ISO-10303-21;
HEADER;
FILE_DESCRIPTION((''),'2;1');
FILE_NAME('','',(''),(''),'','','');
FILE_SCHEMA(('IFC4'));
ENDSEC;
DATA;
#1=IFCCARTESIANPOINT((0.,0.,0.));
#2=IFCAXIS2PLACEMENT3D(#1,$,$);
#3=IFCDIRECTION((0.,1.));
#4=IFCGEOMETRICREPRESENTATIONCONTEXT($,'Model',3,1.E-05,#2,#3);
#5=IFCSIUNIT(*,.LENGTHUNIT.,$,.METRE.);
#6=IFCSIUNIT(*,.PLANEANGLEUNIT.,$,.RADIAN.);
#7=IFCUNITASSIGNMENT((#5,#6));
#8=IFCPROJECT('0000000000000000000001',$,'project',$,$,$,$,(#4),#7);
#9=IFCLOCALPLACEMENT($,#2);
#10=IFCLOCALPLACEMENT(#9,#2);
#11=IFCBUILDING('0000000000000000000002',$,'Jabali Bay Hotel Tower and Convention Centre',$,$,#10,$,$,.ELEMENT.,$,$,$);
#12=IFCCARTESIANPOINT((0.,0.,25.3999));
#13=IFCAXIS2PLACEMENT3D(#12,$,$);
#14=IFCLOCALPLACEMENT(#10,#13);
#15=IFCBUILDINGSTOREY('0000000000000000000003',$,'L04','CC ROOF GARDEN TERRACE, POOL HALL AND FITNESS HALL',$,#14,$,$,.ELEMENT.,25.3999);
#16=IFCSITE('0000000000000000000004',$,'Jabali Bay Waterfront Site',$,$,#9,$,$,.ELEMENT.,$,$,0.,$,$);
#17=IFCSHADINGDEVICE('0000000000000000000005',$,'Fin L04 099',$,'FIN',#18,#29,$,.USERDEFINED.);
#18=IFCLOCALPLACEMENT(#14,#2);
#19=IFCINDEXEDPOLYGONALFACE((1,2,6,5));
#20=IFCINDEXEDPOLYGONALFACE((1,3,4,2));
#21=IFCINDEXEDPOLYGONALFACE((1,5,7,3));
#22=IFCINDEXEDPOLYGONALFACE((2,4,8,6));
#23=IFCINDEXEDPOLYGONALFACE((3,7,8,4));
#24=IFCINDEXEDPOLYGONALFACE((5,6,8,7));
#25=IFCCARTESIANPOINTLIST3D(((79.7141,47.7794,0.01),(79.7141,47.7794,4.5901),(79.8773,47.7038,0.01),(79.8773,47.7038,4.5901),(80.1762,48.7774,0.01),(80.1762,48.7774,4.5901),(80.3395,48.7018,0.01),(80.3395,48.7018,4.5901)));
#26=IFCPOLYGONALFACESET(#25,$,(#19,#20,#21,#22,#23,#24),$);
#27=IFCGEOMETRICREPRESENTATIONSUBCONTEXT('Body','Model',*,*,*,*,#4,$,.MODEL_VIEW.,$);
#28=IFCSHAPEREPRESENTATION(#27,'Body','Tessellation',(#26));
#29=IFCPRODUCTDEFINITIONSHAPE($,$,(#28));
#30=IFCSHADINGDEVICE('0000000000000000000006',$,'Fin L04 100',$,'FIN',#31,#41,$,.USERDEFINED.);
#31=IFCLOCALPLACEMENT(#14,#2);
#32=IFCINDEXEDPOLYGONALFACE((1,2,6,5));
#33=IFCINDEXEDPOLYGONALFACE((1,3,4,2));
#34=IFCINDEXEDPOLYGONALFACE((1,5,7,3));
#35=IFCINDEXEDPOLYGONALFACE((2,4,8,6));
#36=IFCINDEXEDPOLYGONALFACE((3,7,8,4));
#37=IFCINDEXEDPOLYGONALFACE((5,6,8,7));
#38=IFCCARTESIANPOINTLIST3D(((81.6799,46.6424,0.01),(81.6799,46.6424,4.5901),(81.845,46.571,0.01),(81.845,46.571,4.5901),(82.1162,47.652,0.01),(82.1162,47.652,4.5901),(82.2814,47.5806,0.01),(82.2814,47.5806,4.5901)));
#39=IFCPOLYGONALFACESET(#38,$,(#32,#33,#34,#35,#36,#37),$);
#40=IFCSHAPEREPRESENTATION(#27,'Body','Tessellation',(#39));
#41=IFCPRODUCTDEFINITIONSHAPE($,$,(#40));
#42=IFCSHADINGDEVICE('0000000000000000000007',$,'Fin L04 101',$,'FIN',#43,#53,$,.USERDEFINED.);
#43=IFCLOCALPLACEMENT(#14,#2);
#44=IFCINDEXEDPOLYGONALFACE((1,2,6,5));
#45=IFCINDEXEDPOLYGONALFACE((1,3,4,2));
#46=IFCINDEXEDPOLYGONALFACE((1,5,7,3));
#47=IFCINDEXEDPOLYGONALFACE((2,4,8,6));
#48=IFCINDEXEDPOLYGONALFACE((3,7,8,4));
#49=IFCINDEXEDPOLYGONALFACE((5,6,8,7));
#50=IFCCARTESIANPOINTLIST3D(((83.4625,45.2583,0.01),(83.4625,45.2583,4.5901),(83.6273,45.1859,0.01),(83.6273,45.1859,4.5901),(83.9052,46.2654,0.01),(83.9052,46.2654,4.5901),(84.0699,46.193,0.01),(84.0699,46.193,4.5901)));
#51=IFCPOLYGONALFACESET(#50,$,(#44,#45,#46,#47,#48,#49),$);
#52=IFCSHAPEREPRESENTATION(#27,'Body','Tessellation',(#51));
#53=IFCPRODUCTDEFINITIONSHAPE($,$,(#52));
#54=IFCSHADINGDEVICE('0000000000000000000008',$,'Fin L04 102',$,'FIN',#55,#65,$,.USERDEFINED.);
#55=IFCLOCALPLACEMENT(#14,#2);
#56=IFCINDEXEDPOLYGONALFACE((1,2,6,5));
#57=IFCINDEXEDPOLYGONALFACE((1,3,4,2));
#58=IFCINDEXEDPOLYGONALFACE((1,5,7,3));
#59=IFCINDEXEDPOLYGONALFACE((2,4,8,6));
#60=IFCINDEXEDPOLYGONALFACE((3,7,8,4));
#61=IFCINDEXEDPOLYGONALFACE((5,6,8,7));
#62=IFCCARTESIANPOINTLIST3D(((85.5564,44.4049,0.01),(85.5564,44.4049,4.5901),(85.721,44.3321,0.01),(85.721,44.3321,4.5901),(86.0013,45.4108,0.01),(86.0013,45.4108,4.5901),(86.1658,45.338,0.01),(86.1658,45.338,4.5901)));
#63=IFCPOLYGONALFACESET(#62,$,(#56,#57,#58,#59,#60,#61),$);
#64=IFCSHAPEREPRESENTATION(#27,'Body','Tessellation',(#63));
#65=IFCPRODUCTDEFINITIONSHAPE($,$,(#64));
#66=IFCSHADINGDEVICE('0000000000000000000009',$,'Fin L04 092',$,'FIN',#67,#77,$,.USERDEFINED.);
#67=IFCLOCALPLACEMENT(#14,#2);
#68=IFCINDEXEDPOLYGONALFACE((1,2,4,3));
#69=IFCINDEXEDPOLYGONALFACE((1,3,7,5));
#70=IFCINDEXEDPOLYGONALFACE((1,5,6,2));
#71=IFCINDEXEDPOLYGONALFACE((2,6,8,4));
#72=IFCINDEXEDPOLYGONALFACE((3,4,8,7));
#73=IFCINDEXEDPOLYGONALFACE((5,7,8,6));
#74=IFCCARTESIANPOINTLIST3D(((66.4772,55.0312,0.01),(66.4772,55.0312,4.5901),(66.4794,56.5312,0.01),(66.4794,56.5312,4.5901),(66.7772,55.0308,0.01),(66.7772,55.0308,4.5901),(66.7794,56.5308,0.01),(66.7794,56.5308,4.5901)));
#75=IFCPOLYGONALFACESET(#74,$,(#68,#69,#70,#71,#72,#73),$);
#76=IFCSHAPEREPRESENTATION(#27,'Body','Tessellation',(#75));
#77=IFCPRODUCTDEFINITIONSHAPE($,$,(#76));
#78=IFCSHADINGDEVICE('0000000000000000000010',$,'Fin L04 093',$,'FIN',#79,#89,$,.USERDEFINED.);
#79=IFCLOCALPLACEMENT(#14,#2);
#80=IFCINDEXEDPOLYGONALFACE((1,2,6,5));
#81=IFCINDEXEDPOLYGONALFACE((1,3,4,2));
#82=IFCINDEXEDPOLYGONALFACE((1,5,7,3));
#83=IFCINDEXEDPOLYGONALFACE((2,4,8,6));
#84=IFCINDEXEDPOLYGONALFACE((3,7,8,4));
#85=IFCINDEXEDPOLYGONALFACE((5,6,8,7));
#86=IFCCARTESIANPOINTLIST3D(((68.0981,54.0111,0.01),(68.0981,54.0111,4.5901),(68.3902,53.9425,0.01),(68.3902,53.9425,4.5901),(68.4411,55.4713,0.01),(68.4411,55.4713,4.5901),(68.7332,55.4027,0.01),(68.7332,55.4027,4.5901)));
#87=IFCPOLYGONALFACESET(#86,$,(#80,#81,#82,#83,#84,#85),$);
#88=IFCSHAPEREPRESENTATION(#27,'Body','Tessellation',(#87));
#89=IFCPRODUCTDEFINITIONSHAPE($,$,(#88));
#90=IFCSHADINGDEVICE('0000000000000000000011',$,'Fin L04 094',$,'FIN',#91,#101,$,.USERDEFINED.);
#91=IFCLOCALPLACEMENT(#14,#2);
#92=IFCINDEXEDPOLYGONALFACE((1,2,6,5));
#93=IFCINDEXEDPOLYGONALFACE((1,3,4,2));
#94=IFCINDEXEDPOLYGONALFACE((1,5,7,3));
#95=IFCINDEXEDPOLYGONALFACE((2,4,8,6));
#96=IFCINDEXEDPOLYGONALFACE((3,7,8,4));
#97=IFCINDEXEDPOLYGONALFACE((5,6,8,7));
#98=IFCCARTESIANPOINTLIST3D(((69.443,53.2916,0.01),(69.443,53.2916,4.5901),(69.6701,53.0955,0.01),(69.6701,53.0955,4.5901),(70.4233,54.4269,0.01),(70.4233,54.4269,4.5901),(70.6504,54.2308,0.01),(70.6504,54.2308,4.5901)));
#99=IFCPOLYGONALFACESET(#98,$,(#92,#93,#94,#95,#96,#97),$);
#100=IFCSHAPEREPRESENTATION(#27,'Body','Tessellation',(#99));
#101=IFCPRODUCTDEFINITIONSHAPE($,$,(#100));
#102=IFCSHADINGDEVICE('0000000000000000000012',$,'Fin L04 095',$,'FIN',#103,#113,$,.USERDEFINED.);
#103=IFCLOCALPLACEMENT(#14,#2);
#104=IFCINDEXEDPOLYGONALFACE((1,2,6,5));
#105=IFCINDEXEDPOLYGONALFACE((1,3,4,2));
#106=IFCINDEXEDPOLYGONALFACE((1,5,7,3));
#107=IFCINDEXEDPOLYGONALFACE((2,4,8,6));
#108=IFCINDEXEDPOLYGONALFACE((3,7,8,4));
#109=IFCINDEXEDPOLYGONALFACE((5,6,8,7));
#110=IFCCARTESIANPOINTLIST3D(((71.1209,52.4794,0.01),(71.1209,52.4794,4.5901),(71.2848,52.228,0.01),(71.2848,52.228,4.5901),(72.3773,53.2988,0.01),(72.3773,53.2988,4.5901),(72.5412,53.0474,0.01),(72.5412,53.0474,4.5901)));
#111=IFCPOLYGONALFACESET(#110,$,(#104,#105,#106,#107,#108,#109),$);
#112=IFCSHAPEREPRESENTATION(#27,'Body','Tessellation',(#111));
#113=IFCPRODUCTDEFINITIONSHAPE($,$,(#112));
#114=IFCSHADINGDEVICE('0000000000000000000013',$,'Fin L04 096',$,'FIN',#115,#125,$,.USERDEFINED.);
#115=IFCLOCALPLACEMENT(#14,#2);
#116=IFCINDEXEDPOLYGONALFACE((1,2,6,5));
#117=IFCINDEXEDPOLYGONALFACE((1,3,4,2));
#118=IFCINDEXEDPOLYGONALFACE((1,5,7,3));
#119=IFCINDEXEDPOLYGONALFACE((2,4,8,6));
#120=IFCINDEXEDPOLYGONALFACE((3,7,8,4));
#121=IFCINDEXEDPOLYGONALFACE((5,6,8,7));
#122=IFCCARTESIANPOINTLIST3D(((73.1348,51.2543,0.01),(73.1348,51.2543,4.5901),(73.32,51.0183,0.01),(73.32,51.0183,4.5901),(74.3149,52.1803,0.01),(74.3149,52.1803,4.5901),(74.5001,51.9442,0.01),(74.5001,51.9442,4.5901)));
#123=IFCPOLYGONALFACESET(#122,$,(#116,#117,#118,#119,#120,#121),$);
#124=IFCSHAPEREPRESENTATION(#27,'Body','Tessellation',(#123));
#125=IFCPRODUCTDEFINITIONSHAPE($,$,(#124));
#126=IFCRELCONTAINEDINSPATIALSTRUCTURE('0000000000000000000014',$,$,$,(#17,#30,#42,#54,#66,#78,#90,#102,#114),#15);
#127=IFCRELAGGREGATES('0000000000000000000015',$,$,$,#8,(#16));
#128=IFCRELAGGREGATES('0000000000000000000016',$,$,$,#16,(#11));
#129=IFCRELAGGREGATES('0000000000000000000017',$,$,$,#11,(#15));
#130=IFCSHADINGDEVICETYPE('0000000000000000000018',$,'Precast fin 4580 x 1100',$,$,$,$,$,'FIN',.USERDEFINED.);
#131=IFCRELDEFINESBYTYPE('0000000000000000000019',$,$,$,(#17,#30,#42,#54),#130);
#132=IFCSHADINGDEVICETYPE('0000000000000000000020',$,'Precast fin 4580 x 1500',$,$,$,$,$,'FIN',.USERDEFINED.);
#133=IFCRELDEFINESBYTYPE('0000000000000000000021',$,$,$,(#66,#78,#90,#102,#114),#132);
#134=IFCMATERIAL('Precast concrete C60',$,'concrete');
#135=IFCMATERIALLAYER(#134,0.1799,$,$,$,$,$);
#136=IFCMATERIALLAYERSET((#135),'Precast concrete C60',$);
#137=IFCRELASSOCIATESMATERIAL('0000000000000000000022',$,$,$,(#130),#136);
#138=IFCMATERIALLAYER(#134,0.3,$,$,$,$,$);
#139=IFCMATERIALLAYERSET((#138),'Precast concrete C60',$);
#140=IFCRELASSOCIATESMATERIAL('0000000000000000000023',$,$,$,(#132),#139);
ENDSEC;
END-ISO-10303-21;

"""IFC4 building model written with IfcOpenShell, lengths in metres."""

from ifc_helpers import new_model, si_unit, direction, frame, frame_2d, origin, place, context, subcontext, project, spatial, rectangle, extrude, material, layer, layer_set, type_object, element, save


model = new_model("IFC4")

# Units and contexts
model_context = context("Model", 3, precision=1e-05, world=origin(), true_north=direction((0.0, 1.0)))
body_context = subcontext(model_context, "Body", "Model", "MODEL_VIEW")
ifc_project = project(units=[si_unit("LENGTHUNIT", "METRE"), si_unit("PLANEANGLEUNIT", "RADIAN")], contexts=[model_context])

# Site, building, storey
site_placement = place(None, origin())
site = spatial("IfcSite", under=ifc_project, at=site_placement, Name="Jabali Bay Waterfront Site", CompositionType="ELEMENT", RefElevation=0.0)
building_placement = place(site_placement, origin())
building = spatial("IfcBuilding", under=site, at=building_placement, Name="Jabali Bay Hotel Tower and Convention Centre", CompositionType="ELEMENT")
storey_placement = place(building_placement, frame((0.0, 0.0, 25.3999)))
storey = spatial("IfcBuildingStorey", under=building, at=storey_placement, Name="L04", Description="CC ROOF GARDEN TERRACE, POOL HALL AND FITNESS HALL", CompositionType="ELEMENT", Elevation=25.3999)

# Shading devices
ifc_material_1 = material(Name="Precast concrete C60", Category="concrete")
ifc_layer_1 = layer(ifc_material_1, 0.1799)
ifc_layer_set_1 = layer_set([ifc_layer_1], Name="Precast concrete C60")
shading_device_type_1 = type_object("IfcShadingDeviceType", Name="Precast fin 4580 x 1100", ElementType="FIN", PredefinedType="USERDEFINED", material=ifc_layer_set_1)
for number, where, z_axis, x_axis, name in (
    (1, (80.2578, 48.7395, 0.01), (0.0, 0.0, 1.0), (-0.420198, -0.907432, 0.0), "Fin L04 099"),
    (2, (82.1987, 47.6162, 0.01), (0.0, 0.0, 1.0), (-0.396704, -0.917947, 0.0), "Fin L04 100"),
):
    element("IfcShadingDevice", number, at=place(storey_placement, frame(where, z_axis=z_axis, x_axis=x_axis)), inside=storey, type_object=shading_device_type_1, Name=name, ObjectType="FIN", PredefinedType="USERDEFINED", context=body_context, shape_type="SweptSolid", body=[
        extrude(rectangle(XDim=1.0999, YDim=0.1799, at=frame_2d((0.5498, 0.0))), origin(), (0.0, 0.0, 1.0), 4.5801),
    ])
shading_device_1_placement = place(storey_placement, frame((83.9875, 46.2292, 0.01), z_axis=(0.0, 0.0, 1.0), x_axis=(-0.402367, -0.915479, 0.0)))
element("IfcShadingDevice", 3, at=shading_device_1_placement, inside=storey, type_object=shading_device_type_1, Name="Fin L04 101", ObjectType="FIN", PredefinedType="USERDEFINED", context=body_context, shape_type="SweptSolid", body=[
    extrude(rectangle(XDim=1.1001, YDim=0.1799, at=frame_2d((0.55, 0.0))), origin(), (0.0, 0.0, 1.0), 4.5801),
])
shading_device_2_placement = place(storey_placement, frame((86.0835, 45.3743, 0.01), z_axis=(0.0, 0.0, 1.0), x_axis=(-0.404449, -0.914561, 0.0)))
element("IfcShadingDevice", 4, at=shading_device_2_placement, inside=storey, type_object=shading_device_type_1, Name="Fin L04 102", ObjectType="FIN", PredefinedType="USERDEFINED", context=body_context, shape_type="SweptSolid", body=[
    extrude(rectangle(XDim=1.0999, YDim=0.1799, at=frame_2d((0.5498, 0.0))), origin(), (0.0, 0.0, 1.0), 4.5801),
])
ifc_layer_2 = layer(ifc_material_1, 0.3)
ifc_layer_set_2 = layer_set([ifc_layer_2], Name="Precast concrete C60")
shading_device_type_2 = type_object("IfcShadingDeviceType", Name="Precast fin 4580 x 1500", ElementType="FIN", PredefinedType="USERDEFINED", material=ifc_layer_set_2)
for number, where, z_axis, x_axis, name in (
    (5, (66.6294, 56.531, 0.01), (0.0, 0.0, 1.0), (-0.001465, -0.999999, 0.0), "Fin L04 092"),
    (6, (68.5872, 55.437, 0.01), (0.0, 0.0, 1.0), (-0.228686, -0.9735, 0.0), "Fin L04 093"),
    (7, (70.5369, 54.3289, 0.01), (0.0, 0.0, 1.0), (-0.653535, -0.756896, 0.0), "Fin L04 094"),
    (8, (72.4592, 53.1731, 0.01), (0.0, 0.0, 1.0), (-0.837617, -0.546258, 0.0), "Fin L04 095"),
    (9, (74.4075, 52.0623, 0.01), (0.0, 0.0, 1.0), (-0.786725, -0.617304, 0.0), "Fin L04 096"),
):
    element("IfcShadingDevice", number, at=place(storey_placement, frame(where, z_axis=z_axis, x_axis=x_axis)), inside=storey, type_object=shading_device_type_2, Name=name, ObjectType="FIN", PredefinedType="USERDEFINED", context=body_context, shape_type="SweptSolid", body=[
        extrude(rectangle(XDim=1.5, YDim=0.3, at=frame_2d((0.75, 0.0))), origin(), (0.0, 0.0, 1.0), 4.5801),
    ])

save(model, "model.ifc")
